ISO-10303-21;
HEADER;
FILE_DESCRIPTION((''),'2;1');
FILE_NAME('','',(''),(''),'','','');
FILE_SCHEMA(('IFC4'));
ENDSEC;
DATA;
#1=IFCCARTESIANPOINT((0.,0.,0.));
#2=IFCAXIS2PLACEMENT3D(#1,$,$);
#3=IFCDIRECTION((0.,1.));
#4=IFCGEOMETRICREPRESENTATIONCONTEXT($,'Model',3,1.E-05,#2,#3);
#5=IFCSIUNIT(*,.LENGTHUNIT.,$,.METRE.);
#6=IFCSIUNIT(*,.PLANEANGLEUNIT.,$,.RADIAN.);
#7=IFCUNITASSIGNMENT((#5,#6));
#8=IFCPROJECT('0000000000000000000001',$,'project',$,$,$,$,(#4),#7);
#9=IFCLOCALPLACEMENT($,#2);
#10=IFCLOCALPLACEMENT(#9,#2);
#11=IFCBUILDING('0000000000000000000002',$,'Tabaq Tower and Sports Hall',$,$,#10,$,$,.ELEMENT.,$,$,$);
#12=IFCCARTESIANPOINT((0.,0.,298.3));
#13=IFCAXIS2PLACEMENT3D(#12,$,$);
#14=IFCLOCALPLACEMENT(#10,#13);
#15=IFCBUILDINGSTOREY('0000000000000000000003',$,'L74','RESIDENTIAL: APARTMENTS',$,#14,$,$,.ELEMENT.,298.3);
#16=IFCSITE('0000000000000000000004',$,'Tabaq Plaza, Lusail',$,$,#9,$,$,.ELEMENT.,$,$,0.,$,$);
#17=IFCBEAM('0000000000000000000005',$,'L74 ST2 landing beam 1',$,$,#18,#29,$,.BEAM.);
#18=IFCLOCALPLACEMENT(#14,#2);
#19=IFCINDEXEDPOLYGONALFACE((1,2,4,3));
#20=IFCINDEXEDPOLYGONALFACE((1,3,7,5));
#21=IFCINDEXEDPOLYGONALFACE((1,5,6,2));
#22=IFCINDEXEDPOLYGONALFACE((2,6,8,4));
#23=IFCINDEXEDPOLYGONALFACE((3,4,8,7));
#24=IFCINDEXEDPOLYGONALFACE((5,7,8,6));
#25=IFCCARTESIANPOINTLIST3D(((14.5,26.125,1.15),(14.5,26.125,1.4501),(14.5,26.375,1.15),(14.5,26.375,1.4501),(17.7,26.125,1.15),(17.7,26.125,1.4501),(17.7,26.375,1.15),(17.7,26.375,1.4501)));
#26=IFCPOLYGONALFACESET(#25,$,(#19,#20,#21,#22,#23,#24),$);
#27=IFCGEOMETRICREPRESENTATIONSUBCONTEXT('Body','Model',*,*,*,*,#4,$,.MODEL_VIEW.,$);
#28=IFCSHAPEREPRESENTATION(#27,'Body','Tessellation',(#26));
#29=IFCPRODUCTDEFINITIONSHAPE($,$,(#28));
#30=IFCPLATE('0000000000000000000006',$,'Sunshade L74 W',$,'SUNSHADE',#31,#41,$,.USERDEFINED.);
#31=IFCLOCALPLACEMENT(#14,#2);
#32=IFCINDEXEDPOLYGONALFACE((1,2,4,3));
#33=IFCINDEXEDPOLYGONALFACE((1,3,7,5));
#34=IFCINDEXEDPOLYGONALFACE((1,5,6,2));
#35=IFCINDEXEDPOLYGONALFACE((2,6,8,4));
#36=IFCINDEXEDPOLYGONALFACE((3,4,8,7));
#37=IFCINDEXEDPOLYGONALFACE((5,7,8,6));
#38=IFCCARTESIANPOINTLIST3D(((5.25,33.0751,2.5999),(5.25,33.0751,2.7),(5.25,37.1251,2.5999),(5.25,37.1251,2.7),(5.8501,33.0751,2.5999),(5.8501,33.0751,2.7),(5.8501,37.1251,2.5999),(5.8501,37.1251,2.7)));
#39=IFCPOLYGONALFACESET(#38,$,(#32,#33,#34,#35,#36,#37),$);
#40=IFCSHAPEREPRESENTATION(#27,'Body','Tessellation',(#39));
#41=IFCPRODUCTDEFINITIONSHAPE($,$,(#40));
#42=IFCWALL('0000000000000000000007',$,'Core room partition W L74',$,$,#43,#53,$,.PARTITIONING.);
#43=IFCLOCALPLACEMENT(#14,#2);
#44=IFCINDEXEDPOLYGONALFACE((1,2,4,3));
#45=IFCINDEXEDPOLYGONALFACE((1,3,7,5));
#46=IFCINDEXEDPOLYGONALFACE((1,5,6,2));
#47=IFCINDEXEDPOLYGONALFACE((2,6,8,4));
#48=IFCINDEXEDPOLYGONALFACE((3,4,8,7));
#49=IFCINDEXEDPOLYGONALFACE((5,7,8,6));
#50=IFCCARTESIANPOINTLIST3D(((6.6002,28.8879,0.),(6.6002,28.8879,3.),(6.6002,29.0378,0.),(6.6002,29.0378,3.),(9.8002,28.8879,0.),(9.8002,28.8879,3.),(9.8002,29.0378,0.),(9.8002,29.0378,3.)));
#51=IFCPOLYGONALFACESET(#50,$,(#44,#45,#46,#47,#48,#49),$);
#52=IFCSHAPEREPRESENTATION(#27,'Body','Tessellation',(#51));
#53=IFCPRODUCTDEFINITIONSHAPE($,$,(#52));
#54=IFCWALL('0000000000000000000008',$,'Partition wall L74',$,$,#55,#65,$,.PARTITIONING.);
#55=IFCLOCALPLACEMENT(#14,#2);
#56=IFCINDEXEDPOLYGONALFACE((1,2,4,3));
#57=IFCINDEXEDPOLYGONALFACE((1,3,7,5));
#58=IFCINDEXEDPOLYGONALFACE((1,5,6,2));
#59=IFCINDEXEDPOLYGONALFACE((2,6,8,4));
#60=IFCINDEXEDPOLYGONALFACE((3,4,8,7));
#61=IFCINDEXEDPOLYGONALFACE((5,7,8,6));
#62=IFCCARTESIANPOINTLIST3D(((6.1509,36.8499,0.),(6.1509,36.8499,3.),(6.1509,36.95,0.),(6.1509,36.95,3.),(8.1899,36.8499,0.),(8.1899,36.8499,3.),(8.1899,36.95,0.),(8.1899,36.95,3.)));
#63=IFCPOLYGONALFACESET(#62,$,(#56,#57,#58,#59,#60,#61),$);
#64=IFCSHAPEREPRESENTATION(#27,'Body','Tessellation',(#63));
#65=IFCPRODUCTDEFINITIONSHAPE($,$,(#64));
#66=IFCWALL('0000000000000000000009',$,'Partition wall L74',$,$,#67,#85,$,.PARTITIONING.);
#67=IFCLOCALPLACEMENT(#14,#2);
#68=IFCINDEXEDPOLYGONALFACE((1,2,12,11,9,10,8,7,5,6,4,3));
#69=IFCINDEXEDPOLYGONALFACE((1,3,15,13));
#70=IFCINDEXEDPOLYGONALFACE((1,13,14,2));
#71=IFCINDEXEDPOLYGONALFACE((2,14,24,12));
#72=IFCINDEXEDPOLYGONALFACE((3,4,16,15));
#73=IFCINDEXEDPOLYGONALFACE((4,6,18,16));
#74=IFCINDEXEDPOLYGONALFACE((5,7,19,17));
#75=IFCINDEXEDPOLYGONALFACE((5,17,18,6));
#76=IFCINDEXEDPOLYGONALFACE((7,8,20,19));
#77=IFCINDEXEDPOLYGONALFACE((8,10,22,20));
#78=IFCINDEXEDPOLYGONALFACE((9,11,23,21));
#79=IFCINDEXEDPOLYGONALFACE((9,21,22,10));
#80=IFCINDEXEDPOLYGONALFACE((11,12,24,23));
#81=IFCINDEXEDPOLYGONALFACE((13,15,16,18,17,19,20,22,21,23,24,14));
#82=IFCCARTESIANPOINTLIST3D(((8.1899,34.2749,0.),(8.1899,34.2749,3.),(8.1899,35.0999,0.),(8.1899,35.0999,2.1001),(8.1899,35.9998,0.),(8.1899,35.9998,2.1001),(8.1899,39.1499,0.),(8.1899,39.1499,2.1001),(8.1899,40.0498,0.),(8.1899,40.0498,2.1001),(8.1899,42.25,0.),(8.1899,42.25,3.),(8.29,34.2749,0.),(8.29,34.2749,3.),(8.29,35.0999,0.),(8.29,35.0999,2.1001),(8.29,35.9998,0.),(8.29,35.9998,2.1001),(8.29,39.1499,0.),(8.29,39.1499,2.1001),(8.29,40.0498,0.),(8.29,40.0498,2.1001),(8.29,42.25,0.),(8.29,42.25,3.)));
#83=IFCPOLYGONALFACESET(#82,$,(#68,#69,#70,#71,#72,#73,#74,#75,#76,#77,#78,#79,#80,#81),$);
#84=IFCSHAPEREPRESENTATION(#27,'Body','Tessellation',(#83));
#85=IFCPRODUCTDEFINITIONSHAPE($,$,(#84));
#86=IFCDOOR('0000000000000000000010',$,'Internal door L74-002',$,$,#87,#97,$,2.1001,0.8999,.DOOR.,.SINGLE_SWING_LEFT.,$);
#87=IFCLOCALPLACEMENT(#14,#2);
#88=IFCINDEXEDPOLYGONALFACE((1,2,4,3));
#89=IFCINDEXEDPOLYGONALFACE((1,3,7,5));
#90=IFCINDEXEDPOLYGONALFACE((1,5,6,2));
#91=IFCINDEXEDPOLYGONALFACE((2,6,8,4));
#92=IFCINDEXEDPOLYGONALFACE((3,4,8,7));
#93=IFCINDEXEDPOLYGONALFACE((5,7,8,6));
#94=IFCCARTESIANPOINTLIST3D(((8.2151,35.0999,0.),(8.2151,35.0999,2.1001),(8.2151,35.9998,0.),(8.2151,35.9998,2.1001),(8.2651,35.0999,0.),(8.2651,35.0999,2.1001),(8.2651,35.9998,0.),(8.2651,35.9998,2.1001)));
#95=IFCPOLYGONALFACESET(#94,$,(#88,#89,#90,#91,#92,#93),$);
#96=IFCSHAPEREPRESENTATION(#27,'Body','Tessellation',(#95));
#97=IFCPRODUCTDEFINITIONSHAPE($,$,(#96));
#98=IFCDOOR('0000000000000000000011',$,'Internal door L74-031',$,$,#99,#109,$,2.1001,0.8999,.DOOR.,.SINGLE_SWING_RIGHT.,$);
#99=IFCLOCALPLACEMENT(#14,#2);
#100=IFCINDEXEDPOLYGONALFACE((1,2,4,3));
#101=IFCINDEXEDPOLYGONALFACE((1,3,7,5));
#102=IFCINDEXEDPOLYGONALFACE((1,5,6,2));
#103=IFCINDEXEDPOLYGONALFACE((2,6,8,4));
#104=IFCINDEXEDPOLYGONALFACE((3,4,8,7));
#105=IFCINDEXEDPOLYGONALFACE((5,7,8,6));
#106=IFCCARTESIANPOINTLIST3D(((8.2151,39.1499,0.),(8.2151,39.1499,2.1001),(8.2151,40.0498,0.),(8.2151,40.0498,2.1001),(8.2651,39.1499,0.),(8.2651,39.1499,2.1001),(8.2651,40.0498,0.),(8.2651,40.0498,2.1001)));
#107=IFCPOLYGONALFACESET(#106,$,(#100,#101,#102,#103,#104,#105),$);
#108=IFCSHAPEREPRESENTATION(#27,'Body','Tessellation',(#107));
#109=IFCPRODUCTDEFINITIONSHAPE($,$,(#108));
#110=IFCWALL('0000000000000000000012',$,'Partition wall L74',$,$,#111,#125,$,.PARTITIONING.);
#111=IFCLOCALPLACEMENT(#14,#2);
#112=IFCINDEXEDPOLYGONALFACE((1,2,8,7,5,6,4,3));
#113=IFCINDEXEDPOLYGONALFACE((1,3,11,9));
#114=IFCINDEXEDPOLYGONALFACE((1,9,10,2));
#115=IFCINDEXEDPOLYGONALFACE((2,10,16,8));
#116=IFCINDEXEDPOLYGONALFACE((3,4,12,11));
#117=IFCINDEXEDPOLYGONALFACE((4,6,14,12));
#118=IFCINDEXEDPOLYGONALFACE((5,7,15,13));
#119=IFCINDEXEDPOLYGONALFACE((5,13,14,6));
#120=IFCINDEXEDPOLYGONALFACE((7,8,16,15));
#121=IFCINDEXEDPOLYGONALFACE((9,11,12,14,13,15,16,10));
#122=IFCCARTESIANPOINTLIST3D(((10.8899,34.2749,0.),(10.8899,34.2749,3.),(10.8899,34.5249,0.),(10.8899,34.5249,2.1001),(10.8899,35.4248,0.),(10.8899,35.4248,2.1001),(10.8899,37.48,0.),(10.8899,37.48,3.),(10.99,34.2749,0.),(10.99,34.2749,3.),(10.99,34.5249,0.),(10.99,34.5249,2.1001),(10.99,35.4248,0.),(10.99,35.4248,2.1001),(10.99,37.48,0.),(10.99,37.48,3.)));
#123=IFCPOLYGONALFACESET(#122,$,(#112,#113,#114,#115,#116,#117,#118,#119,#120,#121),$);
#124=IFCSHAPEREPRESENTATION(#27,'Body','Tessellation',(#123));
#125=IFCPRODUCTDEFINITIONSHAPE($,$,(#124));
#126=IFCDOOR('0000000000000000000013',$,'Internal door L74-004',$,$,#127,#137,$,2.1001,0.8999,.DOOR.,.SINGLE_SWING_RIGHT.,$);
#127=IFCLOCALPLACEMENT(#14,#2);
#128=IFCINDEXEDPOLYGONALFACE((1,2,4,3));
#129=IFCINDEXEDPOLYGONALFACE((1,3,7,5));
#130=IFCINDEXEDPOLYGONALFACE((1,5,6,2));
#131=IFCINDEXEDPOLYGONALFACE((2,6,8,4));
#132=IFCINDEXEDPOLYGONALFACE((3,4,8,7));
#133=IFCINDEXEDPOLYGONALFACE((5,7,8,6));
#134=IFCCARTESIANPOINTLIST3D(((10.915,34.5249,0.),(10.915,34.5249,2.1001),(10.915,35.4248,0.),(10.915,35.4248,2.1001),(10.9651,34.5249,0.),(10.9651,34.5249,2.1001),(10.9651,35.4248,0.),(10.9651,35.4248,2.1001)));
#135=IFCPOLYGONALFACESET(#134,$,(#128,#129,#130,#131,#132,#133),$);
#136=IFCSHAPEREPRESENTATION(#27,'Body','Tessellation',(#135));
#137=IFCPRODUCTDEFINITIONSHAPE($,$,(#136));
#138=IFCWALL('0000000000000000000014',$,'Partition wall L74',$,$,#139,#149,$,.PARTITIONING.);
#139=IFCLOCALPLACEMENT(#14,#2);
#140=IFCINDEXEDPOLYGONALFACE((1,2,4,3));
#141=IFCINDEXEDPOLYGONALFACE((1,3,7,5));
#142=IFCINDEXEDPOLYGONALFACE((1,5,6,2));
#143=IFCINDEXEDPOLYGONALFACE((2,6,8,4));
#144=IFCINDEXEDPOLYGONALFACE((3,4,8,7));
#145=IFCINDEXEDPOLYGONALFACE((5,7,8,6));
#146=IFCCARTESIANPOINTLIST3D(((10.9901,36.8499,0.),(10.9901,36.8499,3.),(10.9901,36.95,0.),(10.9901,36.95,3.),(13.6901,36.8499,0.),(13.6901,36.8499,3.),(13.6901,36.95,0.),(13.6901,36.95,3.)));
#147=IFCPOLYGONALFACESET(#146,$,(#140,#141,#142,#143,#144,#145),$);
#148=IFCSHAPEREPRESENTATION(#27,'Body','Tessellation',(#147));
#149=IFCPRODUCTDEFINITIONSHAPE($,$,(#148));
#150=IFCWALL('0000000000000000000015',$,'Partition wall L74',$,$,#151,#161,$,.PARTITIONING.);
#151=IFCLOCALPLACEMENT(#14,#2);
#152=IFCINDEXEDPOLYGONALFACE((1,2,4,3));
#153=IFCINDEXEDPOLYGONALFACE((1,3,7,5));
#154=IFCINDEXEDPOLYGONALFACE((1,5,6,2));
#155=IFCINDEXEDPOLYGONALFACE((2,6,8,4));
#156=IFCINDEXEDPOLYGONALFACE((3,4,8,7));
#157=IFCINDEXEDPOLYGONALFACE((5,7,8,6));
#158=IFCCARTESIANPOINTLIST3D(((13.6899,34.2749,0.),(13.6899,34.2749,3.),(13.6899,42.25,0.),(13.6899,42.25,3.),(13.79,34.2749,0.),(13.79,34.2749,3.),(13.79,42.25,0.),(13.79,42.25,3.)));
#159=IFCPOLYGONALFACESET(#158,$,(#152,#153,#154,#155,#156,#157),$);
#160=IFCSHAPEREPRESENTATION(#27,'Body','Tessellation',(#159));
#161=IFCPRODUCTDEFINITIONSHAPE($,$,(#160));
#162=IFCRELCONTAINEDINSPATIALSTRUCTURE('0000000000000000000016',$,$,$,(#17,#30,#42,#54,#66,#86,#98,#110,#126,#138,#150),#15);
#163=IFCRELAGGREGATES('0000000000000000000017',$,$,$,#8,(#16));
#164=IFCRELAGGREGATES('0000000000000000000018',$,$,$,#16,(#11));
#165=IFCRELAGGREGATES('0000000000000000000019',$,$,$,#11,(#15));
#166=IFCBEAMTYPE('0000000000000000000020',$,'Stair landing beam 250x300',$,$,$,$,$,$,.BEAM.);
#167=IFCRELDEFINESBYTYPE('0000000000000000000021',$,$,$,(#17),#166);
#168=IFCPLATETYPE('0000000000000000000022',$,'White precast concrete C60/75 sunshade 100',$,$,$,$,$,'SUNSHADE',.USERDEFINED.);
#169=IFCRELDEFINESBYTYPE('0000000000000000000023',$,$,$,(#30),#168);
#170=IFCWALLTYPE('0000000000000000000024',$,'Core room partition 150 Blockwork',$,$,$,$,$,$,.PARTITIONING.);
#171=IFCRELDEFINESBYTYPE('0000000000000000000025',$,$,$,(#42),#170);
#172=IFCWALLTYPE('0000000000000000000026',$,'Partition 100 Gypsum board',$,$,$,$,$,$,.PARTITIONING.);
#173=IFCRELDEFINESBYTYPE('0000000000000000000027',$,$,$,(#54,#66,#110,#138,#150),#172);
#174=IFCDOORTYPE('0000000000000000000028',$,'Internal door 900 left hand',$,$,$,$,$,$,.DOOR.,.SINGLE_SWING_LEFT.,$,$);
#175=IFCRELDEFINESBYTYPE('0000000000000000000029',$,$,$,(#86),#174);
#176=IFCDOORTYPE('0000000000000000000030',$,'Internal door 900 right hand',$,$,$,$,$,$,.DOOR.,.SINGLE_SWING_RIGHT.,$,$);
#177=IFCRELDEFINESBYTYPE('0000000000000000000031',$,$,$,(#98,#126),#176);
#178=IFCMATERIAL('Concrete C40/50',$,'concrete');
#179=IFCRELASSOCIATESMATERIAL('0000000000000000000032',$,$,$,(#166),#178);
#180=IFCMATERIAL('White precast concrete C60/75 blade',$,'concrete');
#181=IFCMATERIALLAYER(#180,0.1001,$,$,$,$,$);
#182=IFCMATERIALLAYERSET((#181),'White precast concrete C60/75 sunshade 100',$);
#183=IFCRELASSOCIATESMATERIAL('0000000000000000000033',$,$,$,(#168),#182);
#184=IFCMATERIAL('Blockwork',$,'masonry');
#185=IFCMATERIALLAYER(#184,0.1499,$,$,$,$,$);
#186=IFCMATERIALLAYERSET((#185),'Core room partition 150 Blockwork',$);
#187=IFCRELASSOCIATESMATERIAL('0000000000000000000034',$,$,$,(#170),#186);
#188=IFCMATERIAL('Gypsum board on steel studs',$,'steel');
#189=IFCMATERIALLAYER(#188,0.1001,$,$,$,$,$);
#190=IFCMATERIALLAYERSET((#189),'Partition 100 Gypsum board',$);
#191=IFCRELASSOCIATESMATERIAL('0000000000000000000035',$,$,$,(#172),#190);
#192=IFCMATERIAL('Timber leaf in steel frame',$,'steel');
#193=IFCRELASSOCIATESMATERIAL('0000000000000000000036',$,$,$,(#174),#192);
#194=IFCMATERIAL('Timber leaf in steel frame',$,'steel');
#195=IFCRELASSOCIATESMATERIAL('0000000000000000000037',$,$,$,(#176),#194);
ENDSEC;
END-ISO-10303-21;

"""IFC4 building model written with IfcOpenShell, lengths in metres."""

from ifc_helpers import new_model, si_unit, direction, frame, frame_2d, origin, origin_2d, place, context, subcontext, project, spatial, rectangle, extrude, material, layer, layer_set, material_profile, profile_set, type_object, element, fill, save


model = new_model("IFC4")

# Units and contexts
model_context = context("Model", 3, precision=1e-05, world=origin(), true_north=direction((0.0, 1.0)))
body_context = subcontext(model_context, "Body", "Model", "MODEL_VIEW")
ifc_project = project(units=[si_unit("LENGTHUNIT", "METRE"), si_unit("PLANEANGLEUNIT", "RADIAN")], contexts=[model_context])

# Site, building, storey
site_placement = place(None, origin())
site = spatial("IfcSite", under=ifc_project, at=site_placement, Name="Tabaq Plaza, Lusail", CompositionType="ELEMENT", RefElevation=0.0)
building_placement = place(site_placement, origin())
building = spatial("IfcBuilding", under=site, at=building_placement, Name="Tabaq Tower and Sports Hall", CompositionType="ELEMENT")
storey_placement = place(building_placement, frame((0.0, 0.0, 298.3)))
storey = spatial("IfcBuildingStorey", under=building, at=storey_placement, Name="L74", Description="RESIDENTIAL: APARTMENTS", CompositionType="ELEMENT", Elevation=298.3)

# Beam
ifc_material_1 = material(Name="Concrete C40/50", Category="concrete")
ifc_material_profile = material_profile(ifc_material_1, rectangle(XDim=0.25, YDim=0.3, at=origin_2d()), Name="RC 250x300")
ifc_profile_set = profile_set([ifc_material_profile], Name="Concrete C40/50")
beam_type = type_object("IfcBeamType", Name="Stair landing beam 250x300", PredefinedType="BEAM", material=ifc_profile_set)
beam_placement = place(storey_placement, frame((14.5, 26.25, 1.3), z_axis=(1.0, 0.0, 0.0), x_axis=(0.0, 1.0, 0.0)))
element("IfcBeam", 1, at=beam_placement, inside=storey, type_object=beam_type, Name="L74 ST2 landing beam 1", PredefinedType="BEAM", context=body_context, shape_type="SweptSolid", body=[
    extrude(rectangle(XDim=0.25, YDim=0.3, at=origin_2d()), origin(), (0.0, 0.0, 1.0), 3.2),
])

# Plate
ifc_material_2 = material(Name="White precast concrete C60/75 blade", Category="concrete")
ifc_layer_1 = layer(ifc_material_2, 0.1001)
ifc_layer_set_1 = layer_set([ifc_layer_1], Name="White precast concrete C60/75 sunshade 100")
plate_type = type_object("IfcPlateType", Name="White precast concrete C60/75 sunshade 100", ElementType="SUNSHADE", PredefinedType="USERDEFINED", material=ifc_layer_set_1)
plate_placement = place(storey_placement, frame((5.55, 35.1001, 2.5999), z_axis=(0.0, 0.0, 1.0), x_axis=(0.0, -1.0, 0.0)))
element("IfcPlate", 2, at=plate_placement, inside=storey, type_object=plate_type, Name="Sunshade L74 W", ObjectType="SUNSHADE", PredefinedType="USERDEFINED", context=body_context, shape_type="SweptSolid", body=[
    extrude(rectangle(XDim=4.05, YDim=0.6001, at=origin_2d()), origin(), (0.0, 0.0, 1.0), 0.1001),
])

# Wall
ifc_material_3 = material(Name="Blockwork", Category="masonry")
ifc_layer_2 = layer(ifc_material_3, 0.1499)
ifc_layer_set_2 = layer_set([ifc_layer_2], Name="Core room partition 150 Blockwork")
wall_type_1 = type_object("IfcWallType", Name="Core room partition 150 Blockwork", PredefinedType="PARTITIONING", material=ifc_layer_set_2)
wall_1_placement = place(storey_placement, frame((6.6001, 28.9629, 0.0), z_axis=(0.0, 0.0, 1.0), x_axis=(1.0, 0.0, 0.0)))
element("IfcWall", 3, at=wall_1_placement, inside=storey, type_object=wall_type_1, Name="Core room partition W L74", PredefinedType="PARTITIONING", context=body_context, shape_type="SweptSolid", body=[
    extrude(rectangle(XDim=3.2, YDim=0.1499, at=frame_2d((1.6001, 0.0))), origin(), (0.0, 0.0, 1.0), 3.0),
])

# Wall
ifc_material_4 = material(Name="Gypsum board on steel studs", Category="steel")
ifc_layer_3 = layer(ifc_material_4, 0.1001)
ifc_layer_set_3 = layer_set([ifc_layer_3], Name="Partition 100 Gypsum board")
wall_type_2 = type_object("IfcWallType", Name="Partition 100 Gypsum board", PredefinedType="PARTITIONING", material=ifc_layer_set_3)
wall_2_placement = place(storey_placement, frame((6.1509, 36.8999, 0.0), z_axis=(0.0, 0.0, 1.0), x_axis=(1.0, 0.0, 0.0)))
element("IfcWall", 4, at=wall_2_placement, inside=storey, type_object=wall_type_2, Name="Partition wall L74", PredefinedType="PARTITIONING", context=body_context, shape_type="SweptSolid", body=[
    extrude(rectangle(XDim=2.0391, YDim=0.1001, at=frame_2d((1.0195, 0.0))), origin(), (0.0, 0.0, 1.0), 3.0),
])

# Wall, openings, doors
wall_3_placement = place(storey_placement, frame((8.24, 34.2749, 0.0), z_axis=(0.0, 0.0, 1.0), x_axis=(0.0, 1.0, 0.0)))
wall_3 = element("IfcWall", 5, at=wall_3_placement, inside=storey, type_object=wall_type_2, Name="Partition wall L74", PredefinedType="PARTITIONING", context=body_context, shape_type="SweptSolid", body=[
    extrude(rectangle(XDim=7.9751, YDim=0.1001, at=frame_2d((3.9875, 0.0))), origin(), (0.0, 0.0, 1.0), 3.0),
])
opening_1_placement = place(wall_3_placement, frame((0.825, 0.0, 0.0)))
opening_1 = element("IfcOpeningElement", 6, at=opening_1_placement, cuts=wall_3, PredefinedType="OPENING", context=body_context, shape_type="SweptSolid", body=[
    extrude(rectangle(XDim=0.8999, YDim=2.1001, at=frame_2d((0.45, 1.05))), frame((0.0, 0.05, 0.0), z_axis=(0.0, -1.0, 0.0), x_axis=(1.0, 0.0, 0.0)), (0.0, 0.0, 1.0), 0.1001),
])
opening_2_placement = place(wall_3_placement, frame((4.875, 0.0, 0.0)))
opening_2 = element("IfcOpeningElement", 7, at=opening_2_placement, cuts=wall_3, PredefinedType="OPENING", context=body_context, shape_type="SweptSolid", body=[
    extrude(rectangle(XDim=0.8999, YDim=2.1001, at=frame_2d((0.45, 1.05))), frame((0.0, 0.05, 0.0), z_axis=(0.0, -1.0, 0.0), x_axis=(1.0, 0.0, 0.0)), (0.0, 0.0, 1.0), 0.1001),
])
ifc_material_5 = material(Name="Timber leaf in steel frame", Category="steel")
door_type_1 = type_object("IfcDoorType", Name="Internal door 900 left hand", OperationType="SINGLE_SWING_LEFT", PredefinedType="DOOR", material=ifc_material_5)
door_1_placement = place(opening_1_placement, origin())
door_1 = element("IfcDoor", 8, at=door_1_placement, inside=storey, type_object=door_type_1, Name="Internal door L74-002", OperationType="SINGLE_SWING_LEFT", OverallHeight=2.1001, OverallWidth=0.8999, PredefinedType="DOOR", context=body_context, shape_type="SweptSolid", body=[
    extrude(rectangle(XDim=0.8999, YDim=2.1001, at=frame_2d((0.45, 1.05))), frame((0.0, 0.0249, 0.0), z_axis=(0.0, -1.0, 0.0), x_axis=(1.0, 0.0, 0.0)), (0.0, 0.0, 1.0), 0.05),
])
fill(opening_1, door_1)
ifc_material_6 = material(Name="Timber leaf in steel frame", Category="steel")
door_type_2 = type_object("IfcDoorType", Name="Internal door 900 right hand", OperationType="SINGLE_SWING_RIGHT", PredefinedType="DOOR", material=ifc_material_6)
door_2_placement = place(opening_2_placement, origin())
door_2 = element("IfcDoor", 9, at=door_2_placement, inside=storey, type_object=door_type_2, Name="Internal door L74-031", OperationType="SINGLE_SWING_RIGHT", OverallHeight=2.1001, OverallWidth=0.8999, PredefinedType="DOOR", context=body_context, shape_type="SweptSolid", body=[
    extrude(rectangle(XDim=0.8999, YDim=2.1001, at=frame_2d((0.45, 1.05))), frame((0.0, 0.0249, 0.0), z_axis=(0.0, -1.0, 0.0), x_axis=(1.0, 0.0, 0.0)), (0.0, 0.0, 1.0), 0.05),
])
fill(opening_2, door_2)

# Wall, opening, door
wall_4_placement = place(storey_placement, frame((10.9399, 34.2749, 0.0), z_axis=(0.0, 0.0, 1.0), x_axis=(0.0, 1.0, 0.0)))
wall_4 = element("IfcWall", 10, at=wall_4_placement, inside=storey, type_object=wall_type_2, Name="Partition wall L74", PredefinedType="PARTITIONING", context=body_context, shape_type="SweptSolid", body=[
    extrude(rectangle(XDim=3.2051, YDim=0.1001, at=frame_2d((1.6025, 0.0))), origin(), (0.0, 0.0, 1.0), 3.0),
])
opening_3_placement = place(wall_4_placement, frame((0.25, 0.0, 0.0)))
opening_3 = element("IfcOpeningElement", 11, at=opening_3_placement, cuts=wall_4, PredefinedType="OPENING", context=body_context, shape_type="SweptSolid", body=[
    extrude(rectangle(XDim=0.8999, YDim=2.1001, at=frame_2d((0.45, 1.05))), frame((0.0, 0.05, 0.0), z_axis=(0.0, -1.0, 0.0), x_axis=(1.0, 0.0, 0.0)), (0.0, 0.0, 1.0), 0.1001),
])
door_3_placement = place(opening_3_placement, origin())
door_3 = element("IfcDoor", 12, at=door_3_placement, inside=storey, type_object=door_type_2, Name="Internal door L74-004", OperationType="SINGLE_SWING_RIGHT", OverallHeight=2.1001, OverallWidth=0.8999, PredefinedType="DOOR", context=body_context, shape_type="SweptSolid", body=[
    extrude(rectangle(XDim=0.8999, YDim=2.1001, at=frame_2d((0.45, 1.05))), frame((0.0, 0.0249, 0.0), z_axis=(0.0, -1.0, 0.0), x_axis=(1.0, 0.0, 0.0)), (0.0, 0.0, 1.0), 0.05),
])
fill(opening_3, door_3)

# Walls
wall_5_placement = place(storey_placement, frame((10.99, 36.8999, 0.0), z_axis=(0.0, 0.0, 1.0), x_axis=(1.0, 0.0, 0.0)))
element("IfcWall", 13, at=wall_5_placement, inside=storey, type_object=wall_type_2, Name="Partition wall L74", PredefinedType="PARTITIONING", context=body_context, shape_type="SweptSolid", body=[
    extrude(rectangle(XDim=2.7, YDim=0.1001, at=frame_2d((1.3501, 0.0))), origin(), (0.0, 0.0, 1.0), 3.0),
])
wall_6_placement = place(storey_placement, frame((13.74, 34.2749, 0.0), z_axis=(0.0, 0.0, 1.0), x_axis=(0.0, 1.0, 0.0)))
element("IfcWall", 14, at=wall_6_placement, inside=storey, type_object=wall_type_2, Name="Partition wall L74", PredefinedType="PARTITIONING", context=body_context, shape_type="SweptSolid", body=[
    extrude(rectangle(XDim=7.9751, YDim=0.1001, at=frame_2d((3.9875, 0.0))), origin(), (0.0, 0.0, 1.0), 3.0),
])

save(model, "model.ifc")
